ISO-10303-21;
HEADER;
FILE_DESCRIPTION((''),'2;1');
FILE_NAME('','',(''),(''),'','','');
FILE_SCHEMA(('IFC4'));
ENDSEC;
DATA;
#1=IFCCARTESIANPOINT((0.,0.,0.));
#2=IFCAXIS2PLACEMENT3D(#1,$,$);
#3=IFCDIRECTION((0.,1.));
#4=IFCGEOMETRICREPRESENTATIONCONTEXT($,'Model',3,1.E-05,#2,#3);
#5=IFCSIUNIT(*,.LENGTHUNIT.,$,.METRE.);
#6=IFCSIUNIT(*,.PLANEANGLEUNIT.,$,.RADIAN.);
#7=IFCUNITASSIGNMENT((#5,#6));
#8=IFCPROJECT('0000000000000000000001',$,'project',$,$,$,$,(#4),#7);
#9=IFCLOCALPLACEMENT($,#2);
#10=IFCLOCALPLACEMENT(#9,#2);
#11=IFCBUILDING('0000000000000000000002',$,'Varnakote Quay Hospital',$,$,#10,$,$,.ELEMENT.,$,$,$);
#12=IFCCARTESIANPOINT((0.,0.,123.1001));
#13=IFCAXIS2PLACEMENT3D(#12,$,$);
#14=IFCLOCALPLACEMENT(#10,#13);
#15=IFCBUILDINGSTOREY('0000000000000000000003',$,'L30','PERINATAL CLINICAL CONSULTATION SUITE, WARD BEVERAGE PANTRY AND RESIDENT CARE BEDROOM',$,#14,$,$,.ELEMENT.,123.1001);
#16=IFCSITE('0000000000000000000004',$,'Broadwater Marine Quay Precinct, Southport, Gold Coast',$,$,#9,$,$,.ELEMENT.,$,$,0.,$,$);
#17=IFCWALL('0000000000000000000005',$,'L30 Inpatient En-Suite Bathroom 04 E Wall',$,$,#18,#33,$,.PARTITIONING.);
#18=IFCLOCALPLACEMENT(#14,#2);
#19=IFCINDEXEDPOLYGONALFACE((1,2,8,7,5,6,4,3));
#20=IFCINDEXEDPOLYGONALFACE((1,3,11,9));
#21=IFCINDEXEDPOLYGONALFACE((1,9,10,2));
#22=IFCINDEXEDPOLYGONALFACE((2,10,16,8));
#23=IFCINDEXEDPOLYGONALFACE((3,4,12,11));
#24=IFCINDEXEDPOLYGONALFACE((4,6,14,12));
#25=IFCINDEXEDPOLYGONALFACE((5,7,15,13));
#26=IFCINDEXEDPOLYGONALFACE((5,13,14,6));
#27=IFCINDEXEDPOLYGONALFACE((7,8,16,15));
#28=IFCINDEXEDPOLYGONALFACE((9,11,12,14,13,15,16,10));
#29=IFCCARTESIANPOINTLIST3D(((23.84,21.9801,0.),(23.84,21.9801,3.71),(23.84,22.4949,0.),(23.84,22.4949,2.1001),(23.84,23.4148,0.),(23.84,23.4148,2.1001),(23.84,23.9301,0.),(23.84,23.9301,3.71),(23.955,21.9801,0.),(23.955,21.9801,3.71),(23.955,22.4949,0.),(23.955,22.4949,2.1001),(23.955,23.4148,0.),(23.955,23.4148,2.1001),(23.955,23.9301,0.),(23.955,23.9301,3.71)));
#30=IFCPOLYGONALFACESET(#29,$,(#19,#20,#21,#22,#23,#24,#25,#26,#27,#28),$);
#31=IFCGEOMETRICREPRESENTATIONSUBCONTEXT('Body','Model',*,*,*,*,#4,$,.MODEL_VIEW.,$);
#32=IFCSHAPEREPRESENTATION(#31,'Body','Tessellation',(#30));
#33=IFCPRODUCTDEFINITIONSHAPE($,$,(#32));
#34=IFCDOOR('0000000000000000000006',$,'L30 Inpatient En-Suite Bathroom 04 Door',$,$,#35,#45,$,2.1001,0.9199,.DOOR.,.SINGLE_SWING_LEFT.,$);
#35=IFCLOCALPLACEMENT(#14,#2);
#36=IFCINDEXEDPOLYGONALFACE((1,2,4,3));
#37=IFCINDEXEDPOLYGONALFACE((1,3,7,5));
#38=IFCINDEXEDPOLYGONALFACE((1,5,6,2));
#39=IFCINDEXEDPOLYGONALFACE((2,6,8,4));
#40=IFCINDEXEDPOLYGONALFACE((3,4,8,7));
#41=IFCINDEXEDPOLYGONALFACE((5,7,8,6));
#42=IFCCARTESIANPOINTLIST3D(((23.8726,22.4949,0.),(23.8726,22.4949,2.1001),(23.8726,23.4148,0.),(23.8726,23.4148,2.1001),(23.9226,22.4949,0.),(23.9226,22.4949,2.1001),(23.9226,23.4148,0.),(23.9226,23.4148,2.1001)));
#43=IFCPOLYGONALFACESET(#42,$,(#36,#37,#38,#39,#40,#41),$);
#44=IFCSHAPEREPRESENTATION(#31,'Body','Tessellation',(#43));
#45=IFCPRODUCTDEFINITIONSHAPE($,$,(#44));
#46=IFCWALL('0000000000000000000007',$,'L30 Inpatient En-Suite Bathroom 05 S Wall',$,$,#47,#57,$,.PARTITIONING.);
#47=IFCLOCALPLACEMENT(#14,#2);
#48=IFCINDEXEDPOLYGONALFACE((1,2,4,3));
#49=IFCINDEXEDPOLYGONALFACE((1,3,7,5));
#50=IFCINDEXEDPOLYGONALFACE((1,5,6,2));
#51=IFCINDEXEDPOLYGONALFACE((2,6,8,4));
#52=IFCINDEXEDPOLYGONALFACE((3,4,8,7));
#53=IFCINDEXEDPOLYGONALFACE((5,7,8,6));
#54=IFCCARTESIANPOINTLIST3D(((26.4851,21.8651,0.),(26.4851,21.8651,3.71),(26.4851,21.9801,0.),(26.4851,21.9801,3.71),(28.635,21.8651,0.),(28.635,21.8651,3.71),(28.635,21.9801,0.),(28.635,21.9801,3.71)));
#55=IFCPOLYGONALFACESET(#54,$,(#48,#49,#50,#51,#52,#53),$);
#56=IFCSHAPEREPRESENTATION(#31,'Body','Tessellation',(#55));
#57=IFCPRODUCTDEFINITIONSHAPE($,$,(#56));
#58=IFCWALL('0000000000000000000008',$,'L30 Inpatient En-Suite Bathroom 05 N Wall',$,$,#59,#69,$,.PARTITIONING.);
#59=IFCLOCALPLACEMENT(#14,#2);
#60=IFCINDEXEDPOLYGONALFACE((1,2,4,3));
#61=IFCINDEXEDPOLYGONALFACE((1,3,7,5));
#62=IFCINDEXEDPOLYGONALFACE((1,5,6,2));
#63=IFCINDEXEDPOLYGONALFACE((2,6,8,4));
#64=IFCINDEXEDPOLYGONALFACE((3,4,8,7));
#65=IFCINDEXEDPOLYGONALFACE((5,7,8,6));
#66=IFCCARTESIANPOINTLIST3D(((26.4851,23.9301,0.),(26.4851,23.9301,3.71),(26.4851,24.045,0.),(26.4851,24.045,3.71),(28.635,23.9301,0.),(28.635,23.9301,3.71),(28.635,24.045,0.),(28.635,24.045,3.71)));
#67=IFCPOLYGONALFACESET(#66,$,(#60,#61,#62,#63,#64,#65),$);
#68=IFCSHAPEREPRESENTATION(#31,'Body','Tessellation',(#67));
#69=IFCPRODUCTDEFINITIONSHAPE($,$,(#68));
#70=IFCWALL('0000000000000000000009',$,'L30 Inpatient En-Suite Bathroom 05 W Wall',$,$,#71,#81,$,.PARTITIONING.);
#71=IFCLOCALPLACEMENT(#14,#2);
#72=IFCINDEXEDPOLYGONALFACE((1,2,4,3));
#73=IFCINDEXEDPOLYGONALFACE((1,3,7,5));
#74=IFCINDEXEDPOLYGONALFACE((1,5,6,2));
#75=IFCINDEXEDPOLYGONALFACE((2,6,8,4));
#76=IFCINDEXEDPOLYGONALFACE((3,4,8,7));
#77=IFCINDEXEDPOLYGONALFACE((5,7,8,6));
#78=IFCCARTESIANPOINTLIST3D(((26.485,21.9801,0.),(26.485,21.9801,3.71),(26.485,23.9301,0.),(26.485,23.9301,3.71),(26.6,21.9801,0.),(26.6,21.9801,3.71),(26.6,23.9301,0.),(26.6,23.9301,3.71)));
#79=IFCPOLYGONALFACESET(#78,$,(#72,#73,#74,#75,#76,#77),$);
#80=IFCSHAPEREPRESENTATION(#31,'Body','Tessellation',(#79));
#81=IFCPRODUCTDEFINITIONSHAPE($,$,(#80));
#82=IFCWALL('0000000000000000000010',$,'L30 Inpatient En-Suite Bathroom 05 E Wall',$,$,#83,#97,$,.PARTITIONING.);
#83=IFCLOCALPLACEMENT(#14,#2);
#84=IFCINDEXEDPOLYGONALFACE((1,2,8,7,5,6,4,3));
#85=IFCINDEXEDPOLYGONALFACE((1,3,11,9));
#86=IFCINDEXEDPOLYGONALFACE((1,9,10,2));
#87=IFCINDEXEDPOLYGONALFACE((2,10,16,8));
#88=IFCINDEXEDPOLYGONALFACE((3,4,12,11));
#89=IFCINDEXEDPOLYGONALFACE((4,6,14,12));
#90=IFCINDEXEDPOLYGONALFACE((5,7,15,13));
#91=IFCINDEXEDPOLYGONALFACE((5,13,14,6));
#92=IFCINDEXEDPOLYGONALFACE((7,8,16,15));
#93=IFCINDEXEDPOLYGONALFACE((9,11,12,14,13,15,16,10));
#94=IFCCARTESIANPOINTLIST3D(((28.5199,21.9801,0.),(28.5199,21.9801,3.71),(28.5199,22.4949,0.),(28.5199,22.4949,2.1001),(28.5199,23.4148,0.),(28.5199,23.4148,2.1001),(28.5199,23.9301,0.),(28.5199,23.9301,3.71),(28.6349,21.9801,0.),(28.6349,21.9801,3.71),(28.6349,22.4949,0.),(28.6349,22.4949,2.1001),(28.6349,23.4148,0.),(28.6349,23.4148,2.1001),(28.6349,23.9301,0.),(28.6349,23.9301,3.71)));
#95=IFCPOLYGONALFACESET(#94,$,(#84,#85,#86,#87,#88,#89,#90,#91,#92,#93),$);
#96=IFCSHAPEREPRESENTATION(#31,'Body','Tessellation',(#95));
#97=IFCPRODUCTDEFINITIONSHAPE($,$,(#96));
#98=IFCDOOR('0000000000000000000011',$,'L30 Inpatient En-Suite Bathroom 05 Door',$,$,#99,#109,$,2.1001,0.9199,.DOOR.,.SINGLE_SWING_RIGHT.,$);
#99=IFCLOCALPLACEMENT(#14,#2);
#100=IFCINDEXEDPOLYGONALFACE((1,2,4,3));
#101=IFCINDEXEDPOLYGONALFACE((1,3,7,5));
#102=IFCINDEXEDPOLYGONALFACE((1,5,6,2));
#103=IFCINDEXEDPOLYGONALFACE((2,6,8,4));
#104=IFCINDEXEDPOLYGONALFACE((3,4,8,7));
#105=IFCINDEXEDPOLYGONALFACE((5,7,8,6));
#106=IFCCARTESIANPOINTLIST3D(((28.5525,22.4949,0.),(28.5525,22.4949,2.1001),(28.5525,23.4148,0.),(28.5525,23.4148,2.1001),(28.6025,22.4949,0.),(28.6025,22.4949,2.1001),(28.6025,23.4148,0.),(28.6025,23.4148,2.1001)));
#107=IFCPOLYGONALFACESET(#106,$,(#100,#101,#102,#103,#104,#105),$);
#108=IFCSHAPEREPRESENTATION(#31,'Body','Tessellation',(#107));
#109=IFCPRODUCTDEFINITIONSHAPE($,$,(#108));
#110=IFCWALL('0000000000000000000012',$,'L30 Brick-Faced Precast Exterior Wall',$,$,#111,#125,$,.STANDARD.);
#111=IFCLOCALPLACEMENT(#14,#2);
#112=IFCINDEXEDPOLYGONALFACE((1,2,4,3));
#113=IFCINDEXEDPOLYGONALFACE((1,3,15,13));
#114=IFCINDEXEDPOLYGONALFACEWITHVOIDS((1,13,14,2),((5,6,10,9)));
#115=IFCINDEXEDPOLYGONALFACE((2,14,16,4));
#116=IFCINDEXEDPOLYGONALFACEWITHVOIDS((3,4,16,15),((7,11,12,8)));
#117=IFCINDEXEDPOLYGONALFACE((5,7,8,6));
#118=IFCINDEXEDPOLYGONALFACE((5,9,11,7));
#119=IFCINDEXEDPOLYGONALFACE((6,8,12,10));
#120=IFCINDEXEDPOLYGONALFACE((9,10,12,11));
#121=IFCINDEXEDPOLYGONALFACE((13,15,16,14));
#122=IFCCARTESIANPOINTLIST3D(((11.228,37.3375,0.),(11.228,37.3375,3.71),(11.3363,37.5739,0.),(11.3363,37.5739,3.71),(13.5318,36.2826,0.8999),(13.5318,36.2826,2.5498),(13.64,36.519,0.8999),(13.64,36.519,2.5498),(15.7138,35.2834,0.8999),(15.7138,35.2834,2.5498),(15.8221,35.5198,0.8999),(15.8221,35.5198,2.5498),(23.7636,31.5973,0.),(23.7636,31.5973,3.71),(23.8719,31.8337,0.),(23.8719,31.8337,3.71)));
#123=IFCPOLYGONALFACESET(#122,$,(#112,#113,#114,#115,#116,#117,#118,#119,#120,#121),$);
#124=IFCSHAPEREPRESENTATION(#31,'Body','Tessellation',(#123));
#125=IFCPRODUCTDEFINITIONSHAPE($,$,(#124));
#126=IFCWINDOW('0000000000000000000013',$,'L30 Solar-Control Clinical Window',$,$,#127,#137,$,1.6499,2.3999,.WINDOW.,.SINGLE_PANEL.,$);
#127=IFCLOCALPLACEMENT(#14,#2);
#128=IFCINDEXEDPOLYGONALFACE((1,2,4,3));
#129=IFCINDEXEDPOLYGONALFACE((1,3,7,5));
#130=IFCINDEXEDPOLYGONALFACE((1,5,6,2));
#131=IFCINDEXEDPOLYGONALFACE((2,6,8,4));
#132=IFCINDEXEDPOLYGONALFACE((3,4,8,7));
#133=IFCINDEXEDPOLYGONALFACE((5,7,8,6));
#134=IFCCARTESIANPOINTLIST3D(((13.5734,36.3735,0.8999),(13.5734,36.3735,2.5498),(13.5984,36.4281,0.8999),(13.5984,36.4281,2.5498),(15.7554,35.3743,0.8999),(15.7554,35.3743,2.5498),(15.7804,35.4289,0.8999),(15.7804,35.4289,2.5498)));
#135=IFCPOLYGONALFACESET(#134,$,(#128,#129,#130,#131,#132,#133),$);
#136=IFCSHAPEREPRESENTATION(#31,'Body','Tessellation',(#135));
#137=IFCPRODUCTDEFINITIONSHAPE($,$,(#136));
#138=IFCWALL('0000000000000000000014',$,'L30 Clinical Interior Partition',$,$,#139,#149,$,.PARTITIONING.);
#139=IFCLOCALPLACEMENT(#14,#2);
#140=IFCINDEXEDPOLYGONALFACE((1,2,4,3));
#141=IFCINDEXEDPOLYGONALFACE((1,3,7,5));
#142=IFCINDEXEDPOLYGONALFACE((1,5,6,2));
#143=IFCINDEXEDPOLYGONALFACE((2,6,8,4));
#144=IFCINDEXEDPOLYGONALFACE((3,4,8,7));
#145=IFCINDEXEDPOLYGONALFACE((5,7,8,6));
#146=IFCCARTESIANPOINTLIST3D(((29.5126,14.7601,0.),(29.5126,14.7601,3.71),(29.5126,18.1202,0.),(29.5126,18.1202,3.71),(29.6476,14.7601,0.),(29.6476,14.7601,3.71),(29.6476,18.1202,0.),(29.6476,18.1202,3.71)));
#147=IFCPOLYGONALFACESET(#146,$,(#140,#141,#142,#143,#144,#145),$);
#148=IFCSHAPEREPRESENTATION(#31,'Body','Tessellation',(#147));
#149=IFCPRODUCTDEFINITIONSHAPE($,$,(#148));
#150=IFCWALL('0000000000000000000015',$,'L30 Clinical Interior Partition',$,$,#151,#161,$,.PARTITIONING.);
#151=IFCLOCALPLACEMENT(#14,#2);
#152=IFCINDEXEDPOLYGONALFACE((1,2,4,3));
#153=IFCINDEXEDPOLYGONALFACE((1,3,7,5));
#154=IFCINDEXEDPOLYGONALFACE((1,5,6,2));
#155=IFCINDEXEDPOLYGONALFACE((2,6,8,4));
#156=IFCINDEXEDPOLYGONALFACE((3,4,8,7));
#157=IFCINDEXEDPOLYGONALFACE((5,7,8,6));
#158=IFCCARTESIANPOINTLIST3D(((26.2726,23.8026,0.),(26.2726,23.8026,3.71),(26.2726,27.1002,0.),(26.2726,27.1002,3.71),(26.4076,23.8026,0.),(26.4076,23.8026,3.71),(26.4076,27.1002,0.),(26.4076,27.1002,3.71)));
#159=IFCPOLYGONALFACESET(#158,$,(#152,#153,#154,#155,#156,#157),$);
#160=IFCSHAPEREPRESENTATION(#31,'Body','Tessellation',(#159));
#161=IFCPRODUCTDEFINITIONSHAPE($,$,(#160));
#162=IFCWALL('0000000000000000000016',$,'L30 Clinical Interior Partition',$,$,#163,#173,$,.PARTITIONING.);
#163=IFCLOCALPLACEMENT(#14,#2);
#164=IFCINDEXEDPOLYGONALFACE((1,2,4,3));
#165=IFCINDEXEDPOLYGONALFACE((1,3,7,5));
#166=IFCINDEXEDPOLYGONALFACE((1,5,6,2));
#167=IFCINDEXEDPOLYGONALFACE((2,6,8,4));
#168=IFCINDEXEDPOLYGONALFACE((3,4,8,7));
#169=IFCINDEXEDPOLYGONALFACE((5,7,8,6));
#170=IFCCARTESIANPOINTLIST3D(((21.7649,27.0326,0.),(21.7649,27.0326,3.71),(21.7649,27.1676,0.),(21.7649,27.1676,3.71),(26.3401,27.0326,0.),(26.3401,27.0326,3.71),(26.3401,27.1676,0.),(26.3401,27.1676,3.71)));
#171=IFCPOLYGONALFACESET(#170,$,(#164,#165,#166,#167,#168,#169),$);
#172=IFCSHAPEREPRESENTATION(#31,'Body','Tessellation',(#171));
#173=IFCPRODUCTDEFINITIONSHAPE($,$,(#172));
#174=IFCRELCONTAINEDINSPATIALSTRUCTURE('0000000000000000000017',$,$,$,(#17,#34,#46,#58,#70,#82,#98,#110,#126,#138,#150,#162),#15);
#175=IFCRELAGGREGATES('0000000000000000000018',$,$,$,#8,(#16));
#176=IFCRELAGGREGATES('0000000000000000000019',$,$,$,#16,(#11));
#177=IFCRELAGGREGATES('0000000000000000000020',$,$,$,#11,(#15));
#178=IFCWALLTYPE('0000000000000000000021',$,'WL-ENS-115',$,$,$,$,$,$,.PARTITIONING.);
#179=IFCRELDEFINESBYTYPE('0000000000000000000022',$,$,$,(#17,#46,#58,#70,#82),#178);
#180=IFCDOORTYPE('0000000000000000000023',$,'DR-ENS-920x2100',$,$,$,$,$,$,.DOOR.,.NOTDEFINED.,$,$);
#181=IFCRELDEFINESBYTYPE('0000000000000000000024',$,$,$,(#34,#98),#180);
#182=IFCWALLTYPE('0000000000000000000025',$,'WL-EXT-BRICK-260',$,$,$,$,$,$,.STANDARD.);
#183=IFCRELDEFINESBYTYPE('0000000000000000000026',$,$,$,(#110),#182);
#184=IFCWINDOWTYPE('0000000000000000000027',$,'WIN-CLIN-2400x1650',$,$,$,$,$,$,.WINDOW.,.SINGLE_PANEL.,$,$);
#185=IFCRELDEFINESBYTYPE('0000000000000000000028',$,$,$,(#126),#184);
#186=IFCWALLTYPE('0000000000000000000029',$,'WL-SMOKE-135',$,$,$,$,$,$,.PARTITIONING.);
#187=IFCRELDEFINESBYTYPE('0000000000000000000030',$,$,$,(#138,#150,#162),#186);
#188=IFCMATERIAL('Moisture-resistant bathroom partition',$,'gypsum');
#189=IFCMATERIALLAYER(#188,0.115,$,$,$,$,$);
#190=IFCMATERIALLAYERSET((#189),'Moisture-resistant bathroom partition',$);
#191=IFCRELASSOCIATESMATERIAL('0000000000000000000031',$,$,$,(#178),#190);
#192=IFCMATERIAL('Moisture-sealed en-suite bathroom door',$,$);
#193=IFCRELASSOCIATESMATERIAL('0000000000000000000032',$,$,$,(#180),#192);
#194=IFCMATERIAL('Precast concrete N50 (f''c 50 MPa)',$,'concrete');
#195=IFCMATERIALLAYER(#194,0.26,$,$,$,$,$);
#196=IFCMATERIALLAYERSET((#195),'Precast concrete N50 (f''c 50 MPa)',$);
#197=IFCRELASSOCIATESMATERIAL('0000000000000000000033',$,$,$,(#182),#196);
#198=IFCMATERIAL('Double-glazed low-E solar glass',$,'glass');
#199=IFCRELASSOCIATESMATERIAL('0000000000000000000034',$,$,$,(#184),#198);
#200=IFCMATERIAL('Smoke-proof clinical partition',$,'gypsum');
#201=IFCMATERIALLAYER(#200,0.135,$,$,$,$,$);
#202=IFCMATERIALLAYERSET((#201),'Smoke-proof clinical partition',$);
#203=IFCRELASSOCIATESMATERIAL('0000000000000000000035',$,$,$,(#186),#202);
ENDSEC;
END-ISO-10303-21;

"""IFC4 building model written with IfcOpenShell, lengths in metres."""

from ifc_helpers import new_model, si_unit, direction, frame, frame_2d, origin, place, context, subcontext, project, spatial, rectangle, extrude, material, layer, layer_set, type_object, element, fill, save


model = new_model("IFC4")

# Units and contexts
model_context = context("Model", 3, precision=1e-05, world=origin(), true_north=direction((0.0, 1.0)))
body_context = subcontext(model_context, "Body", "Model", "MODEL_VIEW")
ifc_project = project(units=[si_unit("LENGTHUNIT", "METRE"), si_unit("PLANEANGLEUNIT", "RADIAN")], contexts=[model_context])

# Site, building, storey
site_placement = place(None, origin())
site = spatial("IfcSite", under=ifc_project, at=site_placement, Name="Broadwater Marine Quay Precinct, Southport, Gold Coast", CompositionType="ELEMENT", RefElevation=0.0)
building_placement = place(site_placement, origin())
building = spatial("IfcBuilding", under=site, at=building_placement, Name="Varnakote Quay Hospital", CompositionType="ELEMENT")
storey_placement = place(building_placement, frame((0.0, 0.0, 123.1001)))
storey = spatial("IfcBuildingStorey", under=building, at=storey_placement, Name="L30", Description="PERINATAL CLINICAL CONSULTATION SUITE, WARD BEVERAGE PANTRY AND RESIDENT CARE BEDROOM", CompositionType="ELEMENT", Elevation=123.1001)

# Shared definitions
ifc_material_1 = material(Name="Moisture-resistant bathroom partition", Category="gypsum")
ifc_layer_1 = layer(ifc_material_1, 0.115)
ifc_layer_set_1 = layer_set([ifc_layer_1], Name="Moisture-resistant bathroom partition")
wall_type_1 = type_object("IfcWallType", Name="WL-ENS-115", PredefinedType="PARTITIONING", material=ifc_layer_set_1)

# Wall, opening, door
wall_1_placement = place(storey_placement, frame((23.8975, 21.98, 0.0), z_axis=(0.0, 0.0, 1.0), x_axis=(0.0, 1.0, 0.0)))
wall_1 = element("IfcWall", 1, at=wall_1_placement, inside=storey, type_object=wall_type_1, Name="L30 Inpatient En-Suite Bathroom 04 E Wall", PredefinedType="PARTITIONING", context=body_context, shape_type="SweptSolid", body=[
    extrude(rectangle(XDim=1.95, YDim=0.115, at=frame_2d((0.9751, 0.0))), origin(), (0.0, 0.0, 1.0), 3.71),
])
opening_1_placement = place(wall_1_placement, frame((0.5149, 0.0, 0.0)))
opening_1 = element("IfcOpeningElement", 2, at=opening_1_placement, cuts=wall_1, PredefinedType="OPENING", context=body_context, shape_type="SweptSolid", body=[
    extrude(rectangle(XDim=0.9199, YDim=2.1001, at=frame_2d((0.46, 1.05))), frame((0.0, 0.0674, 0.0), z_axis=(0.0, -1.0, 0.0), x_axis=(1.0, 0.0, 0.0)), (0.0, 0.0, 1.0), 0.135),
])
ifc_material_2 = material(Name="Moisture-sealed en-suite bathroom door")
door_type_1 = type_object("IfcDoorType", Name="DR-ENS-920x2100", OperationType="NOTDEFINED", PredefinedType="DOOR", material=ifc_material_2)
door_1_placement = place(opening_1_placement, origin())
door_1 = element("IfcDoor", 3, at=door_1_placement, inside=storey, type_object=door_type_1, Name="L30 Inpatient En-Suite Bathroom 04 Door", OperationType="SINGLE_SWING_LEFT", OverallHeight=2.1001, OverallWidth=0.9199, PredefinedType="DOOR", context=body_context, shape_type="SweptSolid", body=[
    extrude(rectangle(XDim=0.9199, YDim=2.1001, at=frame_2d((0.46, 1.05))), frame((0.0, 0.0249, 0.0), z_axis=(0.0, -1.0, 0.0), x_axis=(1.0, 0.0, 0.0)), (0.0, 0.0, 1.0), 0.05),
])
fill(opening_1, door_1)

# Walls
for number, where, z_axis, x_axis, name in (
    (4, (26.4851, 21.9226, 0.0), (0.0, 0.0, 1.0), (1.0, 0.0, 0.0), "L30 Inpatient En-Suite Bathroom 05 S Wall"),
    (5, (26.4851, 23.9875, 0.0), (0.0, 0.0, 1.0), (1.0, 0.0, 0.0), "L30 Inpatient En-Suite Bathroom 05 N Wall"),
):
    element("IfcWall", number, at=place(storey_placement, frame(where, z_axis=z_axis, x_axis=x_axis)), inside=storey, type_object=wall_type_1, Name=name, PredefinedType="PARTITIONING", context=body_context, shape_type="SweptSolid", body=[
        extrude(rectangle(XDim=2.1499, YDim=0.115, at=frame_2d((1.075, 0.0))), origin(), (0.0, 0.0, 1.0), 3.71),
    ])
wall_2_placement = place(storey_placement, frame((26.5425, 21.98, 0.0), z_axis=(0.0, 0.0, 1.0), x_axis=(0.0, 1.0, 0.0)))
element("IfcWall", 6, at=wall_2_placement, inside=storey, type_object=wall_type_1, Name="L30 Inpatient En-Suite Bathroom 05 W Wall", PredefinedType="PARTITIONING", context=body_context, shape_type="SweptSolid", body=[
    extrude(rectangle(XDim=1.95, YDim=0.115, at=frame_2d((0.9751, 0.0))), origin(), (0.0, 0.0, 1.0), 3.71),
])

# Wall, opening, door
wall_3_placement = place(storey_placement, frame((28.5774, 21.98, 0.0), z_axis=(0.0, 0.0, 1.0), x_axis=(0.0, 1.0, 0.0)))
wall_3 = element("IfcWall", 7, at=wall_3_placement, inside=storey, type_object=wall_type_1, Name="L30 Inpatient En-Suite Bathroom 05 E Wall", PredefinedType="PARTITIONING", context=body_context, shape_type="SweptSolid", body=[
    extrude(rectangle(XDim=1.95, YDim=0.115, at=frame_2d((0.9751, 0.0))), origin(), (0.0, 0.0, 1.0), 3.71),
])
opening_2_placement = place(wall_3_placement, frame((0.5149, 0.0, 0.0)))
opening_2 = element("IfcOpeningElement", 8, at=opening_2_placement, cuts=wall_3, PredefinedType="OPENING", context=body_context, shape_type="SweptSolid", body=[
    extrude(rectangle(XDim=0.9199, YDim=2.1001, at=frame_2d((0.46, 1.05))), frame((0.0, 0.0674, 0.0), z_axis=(0.0, -1.0, 0.0), x_axis=(1.0, 0.0, 0.0)), (0.0, 0.0, 1.0), 0.135),
])
door_2_placement = place(opening_2_placement, origin())
door_2 = element("IfcDoor", 9, at=door_2_placement, inside=storey, type_object=door_type_1, Name="L30 Inpatient En-Suite Bathroom 05 Door", OperationType="SINGLE_SWING_RIGHT", OverallHeight=2.1001, OverallWidth=0.9199, PredefinedType="DOOR", context=body_context, shape_type="SweptSolid", body=[
    extrude(rectangle(XDim=0.9199, YDim=2.1001, at=frame_2d((0.46, 1.05))), frame((0.0, 0.0249, 0.0), z_axis=(0.0, -1.0, 0.0), x_axis=(1.0, 0.0, 0.0)), (0.0, 0.0, 1.0), 0.05),
])
fill(opening_2, door_2)

# Wall, opening, window
ifc_material_3 = material(Name="Precast concrete N50 (f'c 50 MPa)", Category="concrete")
ifc_layer_2 = layer(ifc_material_3, 0.26)
ifc_layer_set_2 = layer_set([ifc_layer_2], Name="Precast concrete N50 (f'c 50 MPa)")
wall_type_2 = type_object("IfcWallType", Name="WL-EXT-BRICK-260", PredefinedType="STANDARD", material=ifc_layer_set_2)
wall_4_placement = place(storey_placement, frame((23.8176, 31.7156, 0.0), z_axis=(0.0, 0.0, 1.0), x_axis=(-0.90921, 0.416339, 0.0)))
wall_4 = element("IfcWall", 10, at=wall_4_placement, inside=storey, type_object=wall_type_2, Name="L30 Brick-Faced Precast Exterior Wall", PredefinedType="STANDARD", context=body_context, shape_type="SweptSolid", body=[
    extrude(rectangle(XDim=13.7874, YDim=0.26, at=frame_2d((6.8936, 0.0))), origin(), (0.0, 0.0, 1.0), 3.71),
])
opening_3_placement = place(wall_4_placement, frame((8.8535, 0.0, 0.8999)))
opening_3 = element("IfcOpeningElement", 11, at=opening_3_placement, cuts=wall_4, PredefinedType="OPENING", context=body_context, shape_type="SweptSolid", body=[
    extrude(rectangle(XDim=2.3999, YDim=1.6499, at=frame_2d((1.2, 0.825))), frame((0.0, 0.1399, 0.0), z_axis=(0.0, -1.0, 0.0), x_axis=(1.0, 0.0, 0.0)), (0.0, 0.0, 1.0), 0.28),
])
ifc_material_4 = material(Name="Double-glazed low-E solar glass", Category="glass")
window_type = type_object("IfcWindowType", Name="WIN-CLIN-2400x1650", PartitioningType="SINGLE_PANEL", PredefinedType="WINDOW", material=ifc_material_4)
window_placement = place(opening_3_placement, origin())
window = element("IfcWindow", 12, at=window_placement, inside=storey, type_object=window_type, Name="L30 Solar-Control Clinical Window", OverallHeight=1.6499, OverallWidth=2.3999, PartitioningType="SINGLE_PANEL", PredefinedType="WINDOW", context=body_context, shape_type="SweptSolid", body=[
    extrude(rectangle(XDim=2.3999, YDim=1.6499, at=frame_2d((1.2, 0.825))), frame((0.0, 0.03, 0.0), z_axis=(0.0, -1.0, 0.0), x_axis=(1.0, 0.0, 0.0)), (0.0, 0.0, 1.0), 0.0601),
])
fill(opening_3, window)

# Walls
ifc_material_5 = material(Name="Smoke-proof clinical partition", Category="gypsum")
ifc_layer_3 = layer(ifc_material_5, 0.135)
ifc_layer_set_3 = layer_set([ifc_layer_3], Name="Smoke-proof clinical partition")
wall_type_3 = type_object("IfcWallType", Name="WL-SMOKE-135", PredefinedType="PARTITIONING", material=ifc_layer_set_3)
wall_5_placement = place(storey_placement, frame((29.5801, 14.76, 0.0), z_axis=(0.0, 0.0, 1.0), x_axis=(0.0, 1.0, 0.0)))
element("IfcWall", 13, at=wall_5_placement, inside=storey, type_object=wall_type_3, Name="L30 Clinical Interior Partition", PredefinedType="PARTITIONING", context=body_context, shape_type="SweptSolid", body=[
    extrude(rectangle(XDim=3.3601, YDim=0.135, at=frame_2d((1.6802, 0.0))), origin(), (0.0, 0.0, 1.0), 3.71),
])
wall_6_placement = place(storey_placement, frame((26.3401, 23.8025, 0.0), z_axis=(0.0, 0.0, 1.0), x_axis=(0.0, 1.0, 0.0)))
element("IfcWall", 14, at=wall_6_placement, inside=storey, type_object=wall_type_3, Name="L30 Clinical Interior Partition", PredefinedType="PARTITIONING", context=body_context, shape_type="SweptSolid", body=[
    extrude(rectangle(XDim=3.2976, YDim=0.135, at=frame_2d((1.6489, 0.0))), origin(), (0.0, 0.0, 1.0), 3.71),
])
wall_7_placement = place(storey_placement, frame((26.3401, 27.1001, 0.0), z_axis=(0.0, 0.0, 1.0), x_axis=(-1.0, 0.0, 0.0)))
element("IfcWall", 15, at=wall_7_placement, inside=storey, type_object=wall_type_3, Name="L30 Clinical Interior Partition", PredefinedType="PARTITIONING", context=body_context, shape_type="SweptSolid", body=[
    extrude(rectangle(XDim=4.5752, YDim=0.135, at=frame_2d((2.2876, 0.0))), origin(), (0.0, 0.0, 1.0), 3.71),
])

save(model, "model.ifc")
